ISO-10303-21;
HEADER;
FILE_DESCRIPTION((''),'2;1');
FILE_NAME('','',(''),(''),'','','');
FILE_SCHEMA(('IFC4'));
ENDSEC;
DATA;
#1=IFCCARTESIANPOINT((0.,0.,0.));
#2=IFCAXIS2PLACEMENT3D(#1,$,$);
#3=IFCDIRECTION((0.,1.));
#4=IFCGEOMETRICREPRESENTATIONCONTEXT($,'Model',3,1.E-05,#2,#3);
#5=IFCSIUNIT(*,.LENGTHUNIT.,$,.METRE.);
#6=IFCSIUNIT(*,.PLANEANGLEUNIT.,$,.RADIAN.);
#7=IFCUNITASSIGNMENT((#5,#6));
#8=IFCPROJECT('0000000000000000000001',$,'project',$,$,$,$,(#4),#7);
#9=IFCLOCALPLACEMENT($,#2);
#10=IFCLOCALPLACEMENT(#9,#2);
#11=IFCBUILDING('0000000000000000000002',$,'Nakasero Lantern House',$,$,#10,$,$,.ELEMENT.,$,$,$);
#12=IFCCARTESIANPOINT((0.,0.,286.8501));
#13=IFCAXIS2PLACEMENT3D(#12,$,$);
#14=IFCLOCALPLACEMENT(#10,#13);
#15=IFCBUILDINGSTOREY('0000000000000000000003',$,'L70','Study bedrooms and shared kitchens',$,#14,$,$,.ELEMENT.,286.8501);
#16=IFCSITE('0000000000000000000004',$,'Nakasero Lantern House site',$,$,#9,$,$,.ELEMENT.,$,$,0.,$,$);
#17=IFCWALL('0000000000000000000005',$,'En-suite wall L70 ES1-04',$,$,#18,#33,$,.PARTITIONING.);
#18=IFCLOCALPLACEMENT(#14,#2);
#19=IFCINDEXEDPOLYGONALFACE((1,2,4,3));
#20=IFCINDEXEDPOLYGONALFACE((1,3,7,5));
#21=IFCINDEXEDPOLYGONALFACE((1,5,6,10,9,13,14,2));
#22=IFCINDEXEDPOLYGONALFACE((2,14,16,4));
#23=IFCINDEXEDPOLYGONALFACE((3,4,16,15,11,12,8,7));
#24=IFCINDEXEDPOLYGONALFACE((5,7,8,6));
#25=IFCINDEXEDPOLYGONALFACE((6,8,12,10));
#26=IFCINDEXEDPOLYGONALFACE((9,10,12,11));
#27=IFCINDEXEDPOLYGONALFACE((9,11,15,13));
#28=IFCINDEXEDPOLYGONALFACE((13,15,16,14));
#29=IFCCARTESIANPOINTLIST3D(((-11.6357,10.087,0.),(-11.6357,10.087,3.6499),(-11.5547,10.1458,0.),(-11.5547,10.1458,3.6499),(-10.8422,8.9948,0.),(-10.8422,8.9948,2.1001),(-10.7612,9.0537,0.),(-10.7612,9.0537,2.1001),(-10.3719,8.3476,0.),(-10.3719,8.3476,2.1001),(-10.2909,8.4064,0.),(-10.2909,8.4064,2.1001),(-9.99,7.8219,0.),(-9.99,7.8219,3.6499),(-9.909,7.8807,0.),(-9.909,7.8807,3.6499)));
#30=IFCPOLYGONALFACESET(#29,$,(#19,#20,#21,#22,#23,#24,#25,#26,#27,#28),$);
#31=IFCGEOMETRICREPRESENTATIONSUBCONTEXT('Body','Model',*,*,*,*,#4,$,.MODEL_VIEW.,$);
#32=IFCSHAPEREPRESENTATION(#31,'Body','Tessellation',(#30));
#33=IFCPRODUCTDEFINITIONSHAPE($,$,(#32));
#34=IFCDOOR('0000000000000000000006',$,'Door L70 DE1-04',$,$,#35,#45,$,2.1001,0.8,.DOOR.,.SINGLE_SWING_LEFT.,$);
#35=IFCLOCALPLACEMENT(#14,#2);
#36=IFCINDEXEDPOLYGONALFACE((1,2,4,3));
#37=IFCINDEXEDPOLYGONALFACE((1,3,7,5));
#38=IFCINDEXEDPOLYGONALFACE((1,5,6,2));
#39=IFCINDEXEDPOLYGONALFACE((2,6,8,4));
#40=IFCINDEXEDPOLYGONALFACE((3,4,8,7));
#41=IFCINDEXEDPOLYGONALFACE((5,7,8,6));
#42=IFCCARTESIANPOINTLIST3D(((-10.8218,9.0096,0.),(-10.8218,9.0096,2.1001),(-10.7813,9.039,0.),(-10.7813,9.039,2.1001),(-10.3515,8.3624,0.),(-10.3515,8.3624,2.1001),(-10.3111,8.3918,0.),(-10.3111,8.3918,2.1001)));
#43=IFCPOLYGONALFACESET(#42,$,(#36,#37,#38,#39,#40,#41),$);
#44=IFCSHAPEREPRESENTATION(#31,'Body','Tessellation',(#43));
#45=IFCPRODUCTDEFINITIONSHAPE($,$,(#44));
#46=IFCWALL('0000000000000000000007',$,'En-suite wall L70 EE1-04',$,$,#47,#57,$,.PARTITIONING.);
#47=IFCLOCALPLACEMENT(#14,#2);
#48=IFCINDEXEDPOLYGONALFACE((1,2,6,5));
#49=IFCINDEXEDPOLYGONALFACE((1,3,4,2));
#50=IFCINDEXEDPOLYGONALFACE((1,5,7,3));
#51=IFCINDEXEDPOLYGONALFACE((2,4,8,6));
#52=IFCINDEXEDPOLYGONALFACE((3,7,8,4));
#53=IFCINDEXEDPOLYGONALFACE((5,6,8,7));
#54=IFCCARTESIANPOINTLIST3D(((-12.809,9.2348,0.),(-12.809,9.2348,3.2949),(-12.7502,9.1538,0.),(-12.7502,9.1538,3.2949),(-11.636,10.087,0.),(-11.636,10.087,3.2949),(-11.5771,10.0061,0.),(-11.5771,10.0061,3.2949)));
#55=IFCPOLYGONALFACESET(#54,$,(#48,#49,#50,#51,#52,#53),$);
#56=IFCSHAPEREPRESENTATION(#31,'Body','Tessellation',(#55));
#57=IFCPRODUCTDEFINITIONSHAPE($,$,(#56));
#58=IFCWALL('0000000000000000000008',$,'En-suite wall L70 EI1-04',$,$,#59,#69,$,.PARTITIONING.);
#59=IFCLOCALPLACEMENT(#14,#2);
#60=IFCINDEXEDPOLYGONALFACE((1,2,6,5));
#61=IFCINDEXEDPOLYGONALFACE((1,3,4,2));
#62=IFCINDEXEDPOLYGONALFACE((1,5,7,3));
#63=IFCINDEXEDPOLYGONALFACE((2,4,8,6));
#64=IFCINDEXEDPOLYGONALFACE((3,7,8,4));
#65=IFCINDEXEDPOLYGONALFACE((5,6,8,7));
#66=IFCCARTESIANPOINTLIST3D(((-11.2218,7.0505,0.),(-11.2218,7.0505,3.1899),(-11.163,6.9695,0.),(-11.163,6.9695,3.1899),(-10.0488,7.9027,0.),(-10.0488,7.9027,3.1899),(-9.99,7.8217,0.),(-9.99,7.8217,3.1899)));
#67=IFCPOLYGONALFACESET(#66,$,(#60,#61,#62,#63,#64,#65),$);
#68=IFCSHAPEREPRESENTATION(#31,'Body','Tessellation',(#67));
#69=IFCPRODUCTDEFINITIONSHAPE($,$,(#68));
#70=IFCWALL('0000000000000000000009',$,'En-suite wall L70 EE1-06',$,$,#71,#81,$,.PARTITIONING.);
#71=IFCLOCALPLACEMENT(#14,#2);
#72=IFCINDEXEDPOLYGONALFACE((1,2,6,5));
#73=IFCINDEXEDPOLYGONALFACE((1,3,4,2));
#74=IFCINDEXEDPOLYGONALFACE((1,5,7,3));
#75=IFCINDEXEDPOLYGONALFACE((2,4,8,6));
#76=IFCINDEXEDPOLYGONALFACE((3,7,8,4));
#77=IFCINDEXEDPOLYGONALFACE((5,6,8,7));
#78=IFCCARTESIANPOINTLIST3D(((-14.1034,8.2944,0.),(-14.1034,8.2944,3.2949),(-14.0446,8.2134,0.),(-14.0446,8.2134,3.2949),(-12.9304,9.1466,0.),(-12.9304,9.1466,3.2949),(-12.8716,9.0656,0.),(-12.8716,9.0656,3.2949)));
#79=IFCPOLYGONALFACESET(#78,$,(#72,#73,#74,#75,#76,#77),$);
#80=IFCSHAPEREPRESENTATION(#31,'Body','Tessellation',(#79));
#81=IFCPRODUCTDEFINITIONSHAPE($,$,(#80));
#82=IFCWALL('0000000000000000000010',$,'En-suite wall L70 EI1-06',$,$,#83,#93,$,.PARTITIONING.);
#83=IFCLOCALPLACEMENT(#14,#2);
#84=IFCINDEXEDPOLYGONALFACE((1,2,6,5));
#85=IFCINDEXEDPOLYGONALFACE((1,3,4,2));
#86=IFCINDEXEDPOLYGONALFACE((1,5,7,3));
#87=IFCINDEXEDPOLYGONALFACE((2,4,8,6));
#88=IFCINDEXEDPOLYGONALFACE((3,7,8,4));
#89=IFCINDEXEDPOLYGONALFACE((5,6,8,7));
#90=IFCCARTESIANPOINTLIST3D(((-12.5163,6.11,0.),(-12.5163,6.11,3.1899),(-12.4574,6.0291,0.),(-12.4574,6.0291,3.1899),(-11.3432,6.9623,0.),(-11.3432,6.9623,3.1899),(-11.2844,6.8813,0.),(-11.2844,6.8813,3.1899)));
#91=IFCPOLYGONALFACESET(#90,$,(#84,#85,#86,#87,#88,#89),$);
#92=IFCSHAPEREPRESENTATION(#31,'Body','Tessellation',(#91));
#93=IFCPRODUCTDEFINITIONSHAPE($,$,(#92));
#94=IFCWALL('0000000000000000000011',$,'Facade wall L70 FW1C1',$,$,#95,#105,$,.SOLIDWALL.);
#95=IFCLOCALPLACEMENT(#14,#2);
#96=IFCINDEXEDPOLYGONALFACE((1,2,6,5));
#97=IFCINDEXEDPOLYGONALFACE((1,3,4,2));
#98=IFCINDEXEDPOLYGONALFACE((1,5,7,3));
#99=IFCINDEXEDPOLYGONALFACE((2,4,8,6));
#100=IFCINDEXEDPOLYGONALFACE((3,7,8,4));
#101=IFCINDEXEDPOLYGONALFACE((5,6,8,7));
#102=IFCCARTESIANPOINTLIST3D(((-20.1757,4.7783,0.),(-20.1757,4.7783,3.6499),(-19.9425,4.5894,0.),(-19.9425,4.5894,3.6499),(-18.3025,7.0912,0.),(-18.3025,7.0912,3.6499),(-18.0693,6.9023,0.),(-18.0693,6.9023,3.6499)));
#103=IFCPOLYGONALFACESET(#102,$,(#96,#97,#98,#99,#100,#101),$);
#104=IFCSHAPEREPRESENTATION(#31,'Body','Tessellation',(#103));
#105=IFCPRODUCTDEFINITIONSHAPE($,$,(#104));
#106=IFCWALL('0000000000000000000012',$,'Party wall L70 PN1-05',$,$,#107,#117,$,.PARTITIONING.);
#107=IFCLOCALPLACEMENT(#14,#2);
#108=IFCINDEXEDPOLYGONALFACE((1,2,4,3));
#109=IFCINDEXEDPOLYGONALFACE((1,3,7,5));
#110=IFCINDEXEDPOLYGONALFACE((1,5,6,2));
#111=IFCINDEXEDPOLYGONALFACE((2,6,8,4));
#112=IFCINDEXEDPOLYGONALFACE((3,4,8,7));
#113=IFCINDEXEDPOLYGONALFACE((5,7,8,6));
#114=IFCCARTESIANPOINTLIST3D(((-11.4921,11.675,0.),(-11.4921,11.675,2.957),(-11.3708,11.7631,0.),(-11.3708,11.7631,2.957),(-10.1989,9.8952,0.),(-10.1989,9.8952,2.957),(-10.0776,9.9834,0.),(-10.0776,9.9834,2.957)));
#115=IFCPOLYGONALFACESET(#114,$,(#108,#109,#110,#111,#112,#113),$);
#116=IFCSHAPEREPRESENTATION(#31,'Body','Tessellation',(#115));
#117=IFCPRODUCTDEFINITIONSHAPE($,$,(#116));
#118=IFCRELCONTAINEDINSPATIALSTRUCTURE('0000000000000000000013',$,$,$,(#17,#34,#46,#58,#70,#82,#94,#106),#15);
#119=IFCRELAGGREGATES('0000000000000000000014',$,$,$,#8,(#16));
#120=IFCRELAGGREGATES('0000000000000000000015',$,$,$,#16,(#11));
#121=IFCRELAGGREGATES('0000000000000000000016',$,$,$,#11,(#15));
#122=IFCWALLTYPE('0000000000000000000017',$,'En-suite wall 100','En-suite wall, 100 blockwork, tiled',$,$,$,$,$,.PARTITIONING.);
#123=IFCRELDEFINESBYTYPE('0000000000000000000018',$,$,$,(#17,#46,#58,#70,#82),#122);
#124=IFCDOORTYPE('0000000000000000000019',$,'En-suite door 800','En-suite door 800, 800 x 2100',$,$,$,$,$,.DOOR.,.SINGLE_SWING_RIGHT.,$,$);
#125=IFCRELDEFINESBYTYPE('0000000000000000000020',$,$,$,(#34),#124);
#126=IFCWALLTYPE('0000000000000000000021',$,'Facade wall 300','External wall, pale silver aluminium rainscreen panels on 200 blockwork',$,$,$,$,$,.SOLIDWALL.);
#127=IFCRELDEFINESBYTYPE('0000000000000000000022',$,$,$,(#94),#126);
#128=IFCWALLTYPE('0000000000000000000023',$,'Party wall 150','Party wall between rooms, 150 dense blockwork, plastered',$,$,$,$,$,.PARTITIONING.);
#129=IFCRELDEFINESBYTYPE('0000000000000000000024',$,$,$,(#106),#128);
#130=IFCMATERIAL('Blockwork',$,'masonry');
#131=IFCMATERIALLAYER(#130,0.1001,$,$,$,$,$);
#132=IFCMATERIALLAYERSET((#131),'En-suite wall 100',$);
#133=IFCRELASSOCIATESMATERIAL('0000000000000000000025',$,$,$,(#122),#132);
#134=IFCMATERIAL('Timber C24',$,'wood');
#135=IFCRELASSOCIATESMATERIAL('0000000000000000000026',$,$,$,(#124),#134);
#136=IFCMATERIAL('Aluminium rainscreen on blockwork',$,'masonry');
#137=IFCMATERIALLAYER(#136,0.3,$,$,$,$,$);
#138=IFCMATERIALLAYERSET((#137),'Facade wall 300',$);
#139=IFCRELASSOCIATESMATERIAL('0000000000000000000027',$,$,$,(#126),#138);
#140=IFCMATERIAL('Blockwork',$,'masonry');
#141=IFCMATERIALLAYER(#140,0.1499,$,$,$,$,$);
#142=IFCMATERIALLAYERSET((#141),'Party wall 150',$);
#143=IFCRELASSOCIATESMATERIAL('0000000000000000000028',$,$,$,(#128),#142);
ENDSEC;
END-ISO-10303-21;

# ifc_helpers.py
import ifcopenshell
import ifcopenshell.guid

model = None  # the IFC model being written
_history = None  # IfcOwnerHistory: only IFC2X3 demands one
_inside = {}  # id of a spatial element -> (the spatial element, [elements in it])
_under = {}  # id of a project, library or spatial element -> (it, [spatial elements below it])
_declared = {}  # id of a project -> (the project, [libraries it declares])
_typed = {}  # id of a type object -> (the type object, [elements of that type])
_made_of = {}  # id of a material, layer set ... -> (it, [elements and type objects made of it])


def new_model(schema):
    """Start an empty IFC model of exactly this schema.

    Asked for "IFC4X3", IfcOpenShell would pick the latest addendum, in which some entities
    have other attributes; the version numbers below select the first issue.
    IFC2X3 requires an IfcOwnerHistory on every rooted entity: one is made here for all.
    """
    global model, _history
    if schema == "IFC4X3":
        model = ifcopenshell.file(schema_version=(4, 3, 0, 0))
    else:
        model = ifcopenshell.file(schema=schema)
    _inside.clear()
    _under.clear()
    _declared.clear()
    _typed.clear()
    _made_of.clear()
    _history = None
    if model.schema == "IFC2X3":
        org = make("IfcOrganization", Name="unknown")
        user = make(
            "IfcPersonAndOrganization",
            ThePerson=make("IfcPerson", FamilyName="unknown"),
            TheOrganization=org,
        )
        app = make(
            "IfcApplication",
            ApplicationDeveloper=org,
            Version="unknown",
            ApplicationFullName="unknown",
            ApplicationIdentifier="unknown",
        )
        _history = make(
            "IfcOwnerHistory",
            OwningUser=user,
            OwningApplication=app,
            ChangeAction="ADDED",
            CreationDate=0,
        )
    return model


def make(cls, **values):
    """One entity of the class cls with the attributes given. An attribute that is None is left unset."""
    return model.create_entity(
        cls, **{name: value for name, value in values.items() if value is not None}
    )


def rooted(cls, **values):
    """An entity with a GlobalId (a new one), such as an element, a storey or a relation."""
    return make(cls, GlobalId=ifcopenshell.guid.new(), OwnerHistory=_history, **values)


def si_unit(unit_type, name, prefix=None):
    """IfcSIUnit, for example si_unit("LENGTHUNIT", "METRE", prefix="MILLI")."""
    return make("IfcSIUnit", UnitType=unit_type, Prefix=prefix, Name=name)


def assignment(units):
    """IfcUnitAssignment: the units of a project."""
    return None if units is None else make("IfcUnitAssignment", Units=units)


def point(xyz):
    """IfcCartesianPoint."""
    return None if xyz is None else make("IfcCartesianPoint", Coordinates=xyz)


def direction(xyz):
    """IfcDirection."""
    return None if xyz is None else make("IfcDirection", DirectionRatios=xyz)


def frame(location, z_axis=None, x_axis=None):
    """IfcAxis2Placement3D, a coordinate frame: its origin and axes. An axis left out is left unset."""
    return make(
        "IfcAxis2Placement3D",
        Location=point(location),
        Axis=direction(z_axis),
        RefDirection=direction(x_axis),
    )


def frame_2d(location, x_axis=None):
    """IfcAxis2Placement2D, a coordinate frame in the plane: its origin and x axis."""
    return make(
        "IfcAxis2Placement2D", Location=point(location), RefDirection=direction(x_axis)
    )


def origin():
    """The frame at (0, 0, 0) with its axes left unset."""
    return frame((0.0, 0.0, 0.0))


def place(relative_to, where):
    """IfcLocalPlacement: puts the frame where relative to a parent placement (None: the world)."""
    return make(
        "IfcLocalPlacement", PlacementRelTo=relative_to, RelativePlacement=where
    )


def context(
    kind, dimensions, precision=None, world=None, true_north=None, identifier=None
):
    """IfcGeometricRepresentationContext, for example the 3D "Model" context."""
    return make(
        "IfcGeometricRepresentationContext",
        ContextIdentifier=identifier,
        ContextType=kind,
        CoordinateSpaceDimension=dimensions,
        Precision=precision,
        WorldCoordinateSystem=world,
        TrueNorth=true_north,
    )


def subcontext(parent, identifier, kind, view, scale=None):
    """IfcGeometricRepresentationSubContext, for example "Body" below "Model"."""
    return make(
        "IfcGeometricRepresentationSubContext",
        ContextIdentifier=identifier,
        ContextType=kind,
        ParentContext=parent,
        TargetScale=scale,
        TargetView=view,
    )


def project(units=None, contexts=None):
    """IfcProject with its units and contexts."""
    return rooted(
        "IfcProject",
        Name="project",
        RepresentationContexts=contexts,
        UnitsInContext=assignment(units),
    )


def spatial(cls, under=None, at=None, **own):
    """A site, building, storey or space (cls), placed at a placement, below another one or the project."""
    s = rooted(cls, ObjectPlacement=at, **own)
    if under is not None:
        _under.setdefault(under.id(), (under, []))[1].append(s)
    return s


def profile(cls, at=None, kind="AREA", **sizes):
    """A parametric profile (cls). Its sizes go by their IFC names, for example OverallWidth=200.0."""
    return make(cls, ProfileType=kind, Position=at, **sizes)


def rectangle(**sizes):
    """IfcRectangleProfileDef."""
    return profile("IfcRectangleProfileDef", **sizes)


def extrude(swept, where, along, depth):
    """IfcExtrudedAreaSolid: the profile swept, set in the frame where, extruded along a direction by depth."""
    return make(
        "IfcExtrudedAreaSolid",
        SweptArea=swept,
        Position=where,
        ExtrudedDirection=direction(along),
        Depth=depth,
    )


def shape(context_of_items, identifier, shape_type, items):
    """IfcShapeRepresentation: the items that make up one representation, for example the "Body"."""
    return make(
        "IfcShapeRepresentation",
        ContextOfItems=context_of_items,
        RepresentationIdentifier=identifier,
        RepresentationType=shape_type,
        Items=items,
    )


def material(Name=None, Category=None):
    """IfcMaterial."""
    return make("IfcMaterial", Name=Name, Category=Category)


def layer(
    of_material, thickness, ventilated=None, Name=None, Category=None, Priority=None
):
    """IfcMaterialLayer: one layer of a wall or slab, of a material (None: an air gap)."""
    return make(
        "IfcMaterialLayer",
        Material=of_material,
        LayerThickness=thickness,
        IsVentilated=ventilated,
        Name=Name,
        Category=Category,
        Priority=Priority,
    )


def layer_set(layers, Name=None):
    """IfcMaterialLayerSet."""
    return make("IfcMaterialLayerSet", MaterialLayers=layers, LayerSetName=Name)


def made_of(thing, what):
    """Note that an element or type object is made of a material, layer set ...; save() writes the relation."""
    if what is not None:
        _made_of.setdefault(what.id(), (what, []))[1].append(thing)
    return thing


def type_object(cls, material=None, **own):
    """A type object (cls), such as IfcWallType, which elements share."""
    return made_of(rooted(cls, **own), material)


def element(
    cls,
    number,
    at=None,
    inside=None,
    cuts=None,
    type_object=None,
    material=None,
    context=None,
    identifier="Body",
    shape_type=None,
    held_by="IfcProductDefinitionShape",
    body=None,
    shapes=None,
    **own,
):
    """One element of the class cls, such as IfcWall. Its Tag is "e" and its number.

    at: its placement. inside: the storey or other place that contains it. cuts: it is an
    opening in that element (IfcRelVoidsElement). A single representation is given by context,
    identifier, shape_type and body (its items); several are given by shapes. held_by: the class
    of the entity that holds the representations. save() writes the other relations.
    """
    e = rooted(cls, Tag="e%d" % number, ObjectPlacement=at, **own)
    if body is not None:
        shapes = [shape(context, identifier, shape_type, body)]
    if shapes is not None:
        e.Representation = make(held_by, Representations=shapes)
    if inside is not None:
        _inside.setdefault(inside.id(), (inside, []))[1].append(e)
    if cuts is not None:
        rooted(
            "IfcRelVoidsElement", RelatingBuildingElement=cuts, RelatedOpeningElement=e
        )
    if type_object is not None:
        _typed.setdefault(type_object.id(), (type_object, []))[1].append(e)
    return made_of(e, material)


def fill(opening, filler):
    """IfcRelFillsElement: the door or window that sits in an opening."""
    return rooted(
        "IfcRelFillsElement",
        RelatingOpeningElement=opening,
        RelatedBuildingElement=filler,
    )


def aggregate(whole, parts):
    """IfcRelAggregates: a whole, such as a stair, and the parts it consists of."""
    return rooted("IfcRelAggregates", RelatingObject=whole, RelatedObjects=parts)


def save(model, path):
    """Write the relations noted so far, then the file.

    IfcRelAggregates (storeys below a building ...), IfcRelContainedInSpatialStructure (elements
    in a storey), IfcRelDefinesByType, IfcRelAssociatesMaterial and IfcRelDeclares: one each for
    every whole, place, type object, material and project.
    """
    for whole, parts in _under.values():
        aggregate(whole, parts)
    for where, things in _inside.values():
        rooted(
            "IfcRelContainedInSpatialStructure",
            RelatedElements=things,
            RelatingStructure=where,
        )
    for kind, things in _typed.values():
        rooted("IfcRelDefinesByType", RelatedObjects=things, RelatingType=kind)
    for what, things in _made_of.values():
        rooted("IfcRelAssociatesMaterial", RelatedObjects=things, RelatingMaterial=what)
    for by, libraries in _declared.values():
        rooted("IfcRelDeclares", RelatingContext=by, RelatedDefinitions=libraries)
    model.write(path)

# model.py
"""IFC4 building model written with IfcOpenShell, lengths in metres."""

from ifc_helpers import new_model, si_unit, direction, frame, frame_2d, origin, place, context, subcontext, project, spatial, rectangle, extrude, material, layer, layer_set, type_object, element, fill, save


model = new_model("IFC4")

# Units and contexts
model_context = context("Model", 3, precision=1e-05, world=origin(), true_north=direction((0.0, 1.0)))
body_context = subcontext(model_context, "Body", "Model", "MODEL_VIEW")
ifc_project = project(units=[si_unit("LENGTHUNIT", "METRE"), si_unit("PLANEANGLEUNIT", "RADIAN")], contexts=[model_context])

# Site, building, storey
site_placement = place(None, origin())
site = spatial("IfcSite", under=ifc_project, at=site_placement, Name="Nakasero Lantern House site", CompositionType="ELEMENT", RefElevation=0.0)
building_placement = place(site_placement, origin())
building = spatial("IfcBuilding", under=site, at=building_placement, Name="Nakasero Lantern House", CompositionType="ELEMENT")
storey_placement = place(building_placement, frame((0.0, 0.0, 286.8501)))
storey = spatial("IfcBuildingStorey", under=building, at=storey_placement, Name="L70", Description="Study bedrooms and shared kitchens", CompositionType="ELEMENT", Elevation=286.8501)

# Wall, opening, door
ifc_material_1 = material(Name="Blockwork", Category="masonry")
ifc_layer_1 = layer(ifc_material_1, 0.1001)
ifc_layer_set_1 = layer_set([ifc_layer_1], Name="En-suite wall 100")
wall_type_1 = type_object("IfcWallType", Name="En-suite wall 100", Description="En-suite wall, 100 blockwork, tiled", PredefinedType="PARTITIONING", material=ifc_layer_set_1)
wall_1_placement = place(storey_placement, frame((-9.9495, 7.8513, 0.0), z_axis=(0.0, 0.0, 1.0), x_axis=(-0.587793, 0.809011, 0.0)))
wall_1 = element("IfcWall", 1, at=wall_1_placement, inside=storey, type_object=wall_type_1, Name="En-suite wall L70 ES1-04", PredefinedType="PARTITIONING", context=body_context, shape_type="SweptSolid", body=[
    extrude(rectangle(XDim=2.7998, YDim=0.1001, at=frame_2d((1.3999, 0.0))), origin(), (0.0, 0.0, 1.0), 3.6499),
])
opening_1_placement = place(wall_1_placement, frame((0.6499, 0.0, 0.0)))
opening_1 = element("IfcOpeningElement", 2, at=opening_1_placement, cuts=wall_1, PredefinedType="OPENING", context=body_context, shape_type="SweptSolid", body=[
    extrude(rectangle(XDim=0.8, YDim=2.1001, at=frame_2d((0.3999, 1.05))), frame((0.0, 0.0701, 0.0), z_axis=(0.0, -1.0, 0.0), x_axis=(1.0, 0.0, 0.0)), (0.0, 0.0, 1.0), 0.1401),
])
ifc_material_2 = material(Name="Timber C24", Category="wood")
door_type_1 = type_object("IfcDoorType", Name="En-suite door 800", Description="En-suite door 800, 800 x 2100", OperationType="SINGLE_SWING_RIGHT", PredefinedType="DOOR", material=ifc_material_2)
door_1_placement = place(opening_1_placement, origin())
door_1 = element("IfcDoor", 3, at=door_1_placement, inside=storey, type_object=door_type_1, Name="Door L70 DE1-04", OperationType="SINGLE_SWING_LEFT", OverallHeight=2.1001, OverallWidth=0.8, PredefinedType="DOOR", context=body_context, shape_type="SweptSolid", body=[
    extrude(rectangle(XDim=0.8, YDim=2.1001, at=frame_2d((0.3999, 1.05))), frame((0.0, 0.0249, 0.0), z_axis=(0.0, -1.0, 0.0), x_axis=(1.0, 0.0, 0.0)), (0.0, 0.0, 1.0), 0.05),
])
fill(opening_1, door_1)

# Walls
wall_2_placement = place(storey_placement, frame((-11.6064, 10.0466, 0.0), z_axis=(0.0, 0.0, 1.0), x_axis=(-0.80902, -0.587781, 0.0)))
element("IfcWall", 4, at=wall_2_placement, inside=storey, type_object=wall_type_1, Name="En-suite wall L70 EE1-04", PredefinedType="PARTITIONING", context=body_context, shape_type="SweptSolid", body=[
    extrude(rectangle(XDim=1.45, YDim=0.1001, at=frame_2d((0.7251, 0.0))), origin(), (0.0, 0.0, 1.0), 3.2949),
])
wall_3_placement = place(storey_placement, frame((-10.0193, 7.8623, 0.0), z_axis=(0.0, 0.0, 1.0), x_axis=(-0.80902, -0.587781, 0.0)))
element("IfcWall", 5, at=wall_3_placement, inside=storey, type_object=wall_type_1, Name="En-suite wall L70 EI1-04", PredefinedType="PARTITIONING", context=body_context, shape_type="SweptSolid", body=[
    extrude(rectangle(XDim=1.45, YDim=0.1001, at=frame_2d((0.7251, 0.0))), origin(), (0.0, 0.0, 1.0), 3.1899),
])
wall_4_placement = place(storey_placement, frame((-12.9009, 9.1062, 0.0), z_axis=(0.0, 0.0, 1.0), x_axis=(-0.80902, -0.587781, 0.0)))
element("IfcWall", 6, at=wall_4_placement, inside=storey, type_object=wall_type_1, Name="En-suite wall L70 EE1-06", PredefinedType="PARTITIONING", context=body_context, shape_type="SweptSolid", body=[
    extrude(rectangle(XDim=1.45, YDim=0.1001, at=frame_2d((0.7251, 0.0))), origin(), (0.0, 0.0, 1.0), 3.2949),
])
wall_5_placement = place(storey_placement, frame((-11.3137, 6.9219, 0.0), z_axis=(0.0, 0.0, 1.0), x_axis=(-0.80902, -0.587781, 0.0)))
element("IfcWall", 7, at=wall_5_placement, inside=storey, type_object=wall_type_1, Name="En-suite wall L70 EI1-06", PredefinedType="PARTITIONING", context=body_context, shape_type="SweptSolid", body=[
    extrude(rectangle(XDim=1.45, YDim=0.1001, at=frame_2d((0.7251, 0.0))), origin(), (0.0, 0.0, 1.0), 3.1899),
])
ifc_material_3 = material(Name="Aluminium rainscreen on blockwork", Category="masonry")
ifc_layer_2 = layer(ifc_material_3, 0.3)
ifc_layer_set_2 = layer_set([ifc_layer_2], Name="Facade wall 300")
wall_type_2 = type_object("IfcWallType", Name="Facade wall 300", Description="External wall, pale silver aluminium rainscreen panels on 200 blockwork", PredefinedType="SOLIDWALL", material=ifc_layer_set_2)
wall_6_placement = place(storey_placement, frame((-18.1858, 6.9968, 0.0), z_axis=(0.0, 0.0, 1.0), x_axis=(-0.629375, -0.777102, 0.0)))
element("IfcWall", 8, at=wall_6_placement, inside=storey, type_object=wall_type_2, Name="Facade wall L70 FW1C1", PredefinedType="SOLIDWALL", context=body_context, shape_type="SweptSolid", body=[
    extrude(rectangle(XDim=2.9763, YDim=0.3, at=frame_2d((1.4883, 0.0))), origin(), (0.0, 0.0, 1.0), 3.6499),
])
ifc_material_4 = material(Name="Blockwork", Category="masonry")
ifc_layer_3 = layer(ifc_material_4, 0.1499)
ifc_layer_set_3 = layer_set([ifc_layer_3], Name="Party wall 150")
wall_type_3 = type_object("IfcWallType", Name="Party wall 150", Description="Party wall between rooms, 150 dense blockwork, plastered", PredefinedType="PARTITIONING", material=ifc_layer_set_3)
wall_7_placement = place(storey_placement, frame((-10.1382, 9.9392, 0.0), z_axis=(0.0, 0.0, 1.0), x_axis=(-0.587822, 0.80899, 0.0)))
element("IfcWall", 9, at=wall_7_placement, inside=storey, type_object=wall_type_3, Name="Party wall L70 PN1-05", PredefinedType="PARTITIONING", context=body_context, shape_type="SweptSolid", body=[
    extrude(rectangle(XDim=2.2, YDim=0.1499, at=frame_2d((1.1001, 0.0))), origin(), (0.0, 0.0, 1.0), 2.957),
])

save(model, "model.ifc")
